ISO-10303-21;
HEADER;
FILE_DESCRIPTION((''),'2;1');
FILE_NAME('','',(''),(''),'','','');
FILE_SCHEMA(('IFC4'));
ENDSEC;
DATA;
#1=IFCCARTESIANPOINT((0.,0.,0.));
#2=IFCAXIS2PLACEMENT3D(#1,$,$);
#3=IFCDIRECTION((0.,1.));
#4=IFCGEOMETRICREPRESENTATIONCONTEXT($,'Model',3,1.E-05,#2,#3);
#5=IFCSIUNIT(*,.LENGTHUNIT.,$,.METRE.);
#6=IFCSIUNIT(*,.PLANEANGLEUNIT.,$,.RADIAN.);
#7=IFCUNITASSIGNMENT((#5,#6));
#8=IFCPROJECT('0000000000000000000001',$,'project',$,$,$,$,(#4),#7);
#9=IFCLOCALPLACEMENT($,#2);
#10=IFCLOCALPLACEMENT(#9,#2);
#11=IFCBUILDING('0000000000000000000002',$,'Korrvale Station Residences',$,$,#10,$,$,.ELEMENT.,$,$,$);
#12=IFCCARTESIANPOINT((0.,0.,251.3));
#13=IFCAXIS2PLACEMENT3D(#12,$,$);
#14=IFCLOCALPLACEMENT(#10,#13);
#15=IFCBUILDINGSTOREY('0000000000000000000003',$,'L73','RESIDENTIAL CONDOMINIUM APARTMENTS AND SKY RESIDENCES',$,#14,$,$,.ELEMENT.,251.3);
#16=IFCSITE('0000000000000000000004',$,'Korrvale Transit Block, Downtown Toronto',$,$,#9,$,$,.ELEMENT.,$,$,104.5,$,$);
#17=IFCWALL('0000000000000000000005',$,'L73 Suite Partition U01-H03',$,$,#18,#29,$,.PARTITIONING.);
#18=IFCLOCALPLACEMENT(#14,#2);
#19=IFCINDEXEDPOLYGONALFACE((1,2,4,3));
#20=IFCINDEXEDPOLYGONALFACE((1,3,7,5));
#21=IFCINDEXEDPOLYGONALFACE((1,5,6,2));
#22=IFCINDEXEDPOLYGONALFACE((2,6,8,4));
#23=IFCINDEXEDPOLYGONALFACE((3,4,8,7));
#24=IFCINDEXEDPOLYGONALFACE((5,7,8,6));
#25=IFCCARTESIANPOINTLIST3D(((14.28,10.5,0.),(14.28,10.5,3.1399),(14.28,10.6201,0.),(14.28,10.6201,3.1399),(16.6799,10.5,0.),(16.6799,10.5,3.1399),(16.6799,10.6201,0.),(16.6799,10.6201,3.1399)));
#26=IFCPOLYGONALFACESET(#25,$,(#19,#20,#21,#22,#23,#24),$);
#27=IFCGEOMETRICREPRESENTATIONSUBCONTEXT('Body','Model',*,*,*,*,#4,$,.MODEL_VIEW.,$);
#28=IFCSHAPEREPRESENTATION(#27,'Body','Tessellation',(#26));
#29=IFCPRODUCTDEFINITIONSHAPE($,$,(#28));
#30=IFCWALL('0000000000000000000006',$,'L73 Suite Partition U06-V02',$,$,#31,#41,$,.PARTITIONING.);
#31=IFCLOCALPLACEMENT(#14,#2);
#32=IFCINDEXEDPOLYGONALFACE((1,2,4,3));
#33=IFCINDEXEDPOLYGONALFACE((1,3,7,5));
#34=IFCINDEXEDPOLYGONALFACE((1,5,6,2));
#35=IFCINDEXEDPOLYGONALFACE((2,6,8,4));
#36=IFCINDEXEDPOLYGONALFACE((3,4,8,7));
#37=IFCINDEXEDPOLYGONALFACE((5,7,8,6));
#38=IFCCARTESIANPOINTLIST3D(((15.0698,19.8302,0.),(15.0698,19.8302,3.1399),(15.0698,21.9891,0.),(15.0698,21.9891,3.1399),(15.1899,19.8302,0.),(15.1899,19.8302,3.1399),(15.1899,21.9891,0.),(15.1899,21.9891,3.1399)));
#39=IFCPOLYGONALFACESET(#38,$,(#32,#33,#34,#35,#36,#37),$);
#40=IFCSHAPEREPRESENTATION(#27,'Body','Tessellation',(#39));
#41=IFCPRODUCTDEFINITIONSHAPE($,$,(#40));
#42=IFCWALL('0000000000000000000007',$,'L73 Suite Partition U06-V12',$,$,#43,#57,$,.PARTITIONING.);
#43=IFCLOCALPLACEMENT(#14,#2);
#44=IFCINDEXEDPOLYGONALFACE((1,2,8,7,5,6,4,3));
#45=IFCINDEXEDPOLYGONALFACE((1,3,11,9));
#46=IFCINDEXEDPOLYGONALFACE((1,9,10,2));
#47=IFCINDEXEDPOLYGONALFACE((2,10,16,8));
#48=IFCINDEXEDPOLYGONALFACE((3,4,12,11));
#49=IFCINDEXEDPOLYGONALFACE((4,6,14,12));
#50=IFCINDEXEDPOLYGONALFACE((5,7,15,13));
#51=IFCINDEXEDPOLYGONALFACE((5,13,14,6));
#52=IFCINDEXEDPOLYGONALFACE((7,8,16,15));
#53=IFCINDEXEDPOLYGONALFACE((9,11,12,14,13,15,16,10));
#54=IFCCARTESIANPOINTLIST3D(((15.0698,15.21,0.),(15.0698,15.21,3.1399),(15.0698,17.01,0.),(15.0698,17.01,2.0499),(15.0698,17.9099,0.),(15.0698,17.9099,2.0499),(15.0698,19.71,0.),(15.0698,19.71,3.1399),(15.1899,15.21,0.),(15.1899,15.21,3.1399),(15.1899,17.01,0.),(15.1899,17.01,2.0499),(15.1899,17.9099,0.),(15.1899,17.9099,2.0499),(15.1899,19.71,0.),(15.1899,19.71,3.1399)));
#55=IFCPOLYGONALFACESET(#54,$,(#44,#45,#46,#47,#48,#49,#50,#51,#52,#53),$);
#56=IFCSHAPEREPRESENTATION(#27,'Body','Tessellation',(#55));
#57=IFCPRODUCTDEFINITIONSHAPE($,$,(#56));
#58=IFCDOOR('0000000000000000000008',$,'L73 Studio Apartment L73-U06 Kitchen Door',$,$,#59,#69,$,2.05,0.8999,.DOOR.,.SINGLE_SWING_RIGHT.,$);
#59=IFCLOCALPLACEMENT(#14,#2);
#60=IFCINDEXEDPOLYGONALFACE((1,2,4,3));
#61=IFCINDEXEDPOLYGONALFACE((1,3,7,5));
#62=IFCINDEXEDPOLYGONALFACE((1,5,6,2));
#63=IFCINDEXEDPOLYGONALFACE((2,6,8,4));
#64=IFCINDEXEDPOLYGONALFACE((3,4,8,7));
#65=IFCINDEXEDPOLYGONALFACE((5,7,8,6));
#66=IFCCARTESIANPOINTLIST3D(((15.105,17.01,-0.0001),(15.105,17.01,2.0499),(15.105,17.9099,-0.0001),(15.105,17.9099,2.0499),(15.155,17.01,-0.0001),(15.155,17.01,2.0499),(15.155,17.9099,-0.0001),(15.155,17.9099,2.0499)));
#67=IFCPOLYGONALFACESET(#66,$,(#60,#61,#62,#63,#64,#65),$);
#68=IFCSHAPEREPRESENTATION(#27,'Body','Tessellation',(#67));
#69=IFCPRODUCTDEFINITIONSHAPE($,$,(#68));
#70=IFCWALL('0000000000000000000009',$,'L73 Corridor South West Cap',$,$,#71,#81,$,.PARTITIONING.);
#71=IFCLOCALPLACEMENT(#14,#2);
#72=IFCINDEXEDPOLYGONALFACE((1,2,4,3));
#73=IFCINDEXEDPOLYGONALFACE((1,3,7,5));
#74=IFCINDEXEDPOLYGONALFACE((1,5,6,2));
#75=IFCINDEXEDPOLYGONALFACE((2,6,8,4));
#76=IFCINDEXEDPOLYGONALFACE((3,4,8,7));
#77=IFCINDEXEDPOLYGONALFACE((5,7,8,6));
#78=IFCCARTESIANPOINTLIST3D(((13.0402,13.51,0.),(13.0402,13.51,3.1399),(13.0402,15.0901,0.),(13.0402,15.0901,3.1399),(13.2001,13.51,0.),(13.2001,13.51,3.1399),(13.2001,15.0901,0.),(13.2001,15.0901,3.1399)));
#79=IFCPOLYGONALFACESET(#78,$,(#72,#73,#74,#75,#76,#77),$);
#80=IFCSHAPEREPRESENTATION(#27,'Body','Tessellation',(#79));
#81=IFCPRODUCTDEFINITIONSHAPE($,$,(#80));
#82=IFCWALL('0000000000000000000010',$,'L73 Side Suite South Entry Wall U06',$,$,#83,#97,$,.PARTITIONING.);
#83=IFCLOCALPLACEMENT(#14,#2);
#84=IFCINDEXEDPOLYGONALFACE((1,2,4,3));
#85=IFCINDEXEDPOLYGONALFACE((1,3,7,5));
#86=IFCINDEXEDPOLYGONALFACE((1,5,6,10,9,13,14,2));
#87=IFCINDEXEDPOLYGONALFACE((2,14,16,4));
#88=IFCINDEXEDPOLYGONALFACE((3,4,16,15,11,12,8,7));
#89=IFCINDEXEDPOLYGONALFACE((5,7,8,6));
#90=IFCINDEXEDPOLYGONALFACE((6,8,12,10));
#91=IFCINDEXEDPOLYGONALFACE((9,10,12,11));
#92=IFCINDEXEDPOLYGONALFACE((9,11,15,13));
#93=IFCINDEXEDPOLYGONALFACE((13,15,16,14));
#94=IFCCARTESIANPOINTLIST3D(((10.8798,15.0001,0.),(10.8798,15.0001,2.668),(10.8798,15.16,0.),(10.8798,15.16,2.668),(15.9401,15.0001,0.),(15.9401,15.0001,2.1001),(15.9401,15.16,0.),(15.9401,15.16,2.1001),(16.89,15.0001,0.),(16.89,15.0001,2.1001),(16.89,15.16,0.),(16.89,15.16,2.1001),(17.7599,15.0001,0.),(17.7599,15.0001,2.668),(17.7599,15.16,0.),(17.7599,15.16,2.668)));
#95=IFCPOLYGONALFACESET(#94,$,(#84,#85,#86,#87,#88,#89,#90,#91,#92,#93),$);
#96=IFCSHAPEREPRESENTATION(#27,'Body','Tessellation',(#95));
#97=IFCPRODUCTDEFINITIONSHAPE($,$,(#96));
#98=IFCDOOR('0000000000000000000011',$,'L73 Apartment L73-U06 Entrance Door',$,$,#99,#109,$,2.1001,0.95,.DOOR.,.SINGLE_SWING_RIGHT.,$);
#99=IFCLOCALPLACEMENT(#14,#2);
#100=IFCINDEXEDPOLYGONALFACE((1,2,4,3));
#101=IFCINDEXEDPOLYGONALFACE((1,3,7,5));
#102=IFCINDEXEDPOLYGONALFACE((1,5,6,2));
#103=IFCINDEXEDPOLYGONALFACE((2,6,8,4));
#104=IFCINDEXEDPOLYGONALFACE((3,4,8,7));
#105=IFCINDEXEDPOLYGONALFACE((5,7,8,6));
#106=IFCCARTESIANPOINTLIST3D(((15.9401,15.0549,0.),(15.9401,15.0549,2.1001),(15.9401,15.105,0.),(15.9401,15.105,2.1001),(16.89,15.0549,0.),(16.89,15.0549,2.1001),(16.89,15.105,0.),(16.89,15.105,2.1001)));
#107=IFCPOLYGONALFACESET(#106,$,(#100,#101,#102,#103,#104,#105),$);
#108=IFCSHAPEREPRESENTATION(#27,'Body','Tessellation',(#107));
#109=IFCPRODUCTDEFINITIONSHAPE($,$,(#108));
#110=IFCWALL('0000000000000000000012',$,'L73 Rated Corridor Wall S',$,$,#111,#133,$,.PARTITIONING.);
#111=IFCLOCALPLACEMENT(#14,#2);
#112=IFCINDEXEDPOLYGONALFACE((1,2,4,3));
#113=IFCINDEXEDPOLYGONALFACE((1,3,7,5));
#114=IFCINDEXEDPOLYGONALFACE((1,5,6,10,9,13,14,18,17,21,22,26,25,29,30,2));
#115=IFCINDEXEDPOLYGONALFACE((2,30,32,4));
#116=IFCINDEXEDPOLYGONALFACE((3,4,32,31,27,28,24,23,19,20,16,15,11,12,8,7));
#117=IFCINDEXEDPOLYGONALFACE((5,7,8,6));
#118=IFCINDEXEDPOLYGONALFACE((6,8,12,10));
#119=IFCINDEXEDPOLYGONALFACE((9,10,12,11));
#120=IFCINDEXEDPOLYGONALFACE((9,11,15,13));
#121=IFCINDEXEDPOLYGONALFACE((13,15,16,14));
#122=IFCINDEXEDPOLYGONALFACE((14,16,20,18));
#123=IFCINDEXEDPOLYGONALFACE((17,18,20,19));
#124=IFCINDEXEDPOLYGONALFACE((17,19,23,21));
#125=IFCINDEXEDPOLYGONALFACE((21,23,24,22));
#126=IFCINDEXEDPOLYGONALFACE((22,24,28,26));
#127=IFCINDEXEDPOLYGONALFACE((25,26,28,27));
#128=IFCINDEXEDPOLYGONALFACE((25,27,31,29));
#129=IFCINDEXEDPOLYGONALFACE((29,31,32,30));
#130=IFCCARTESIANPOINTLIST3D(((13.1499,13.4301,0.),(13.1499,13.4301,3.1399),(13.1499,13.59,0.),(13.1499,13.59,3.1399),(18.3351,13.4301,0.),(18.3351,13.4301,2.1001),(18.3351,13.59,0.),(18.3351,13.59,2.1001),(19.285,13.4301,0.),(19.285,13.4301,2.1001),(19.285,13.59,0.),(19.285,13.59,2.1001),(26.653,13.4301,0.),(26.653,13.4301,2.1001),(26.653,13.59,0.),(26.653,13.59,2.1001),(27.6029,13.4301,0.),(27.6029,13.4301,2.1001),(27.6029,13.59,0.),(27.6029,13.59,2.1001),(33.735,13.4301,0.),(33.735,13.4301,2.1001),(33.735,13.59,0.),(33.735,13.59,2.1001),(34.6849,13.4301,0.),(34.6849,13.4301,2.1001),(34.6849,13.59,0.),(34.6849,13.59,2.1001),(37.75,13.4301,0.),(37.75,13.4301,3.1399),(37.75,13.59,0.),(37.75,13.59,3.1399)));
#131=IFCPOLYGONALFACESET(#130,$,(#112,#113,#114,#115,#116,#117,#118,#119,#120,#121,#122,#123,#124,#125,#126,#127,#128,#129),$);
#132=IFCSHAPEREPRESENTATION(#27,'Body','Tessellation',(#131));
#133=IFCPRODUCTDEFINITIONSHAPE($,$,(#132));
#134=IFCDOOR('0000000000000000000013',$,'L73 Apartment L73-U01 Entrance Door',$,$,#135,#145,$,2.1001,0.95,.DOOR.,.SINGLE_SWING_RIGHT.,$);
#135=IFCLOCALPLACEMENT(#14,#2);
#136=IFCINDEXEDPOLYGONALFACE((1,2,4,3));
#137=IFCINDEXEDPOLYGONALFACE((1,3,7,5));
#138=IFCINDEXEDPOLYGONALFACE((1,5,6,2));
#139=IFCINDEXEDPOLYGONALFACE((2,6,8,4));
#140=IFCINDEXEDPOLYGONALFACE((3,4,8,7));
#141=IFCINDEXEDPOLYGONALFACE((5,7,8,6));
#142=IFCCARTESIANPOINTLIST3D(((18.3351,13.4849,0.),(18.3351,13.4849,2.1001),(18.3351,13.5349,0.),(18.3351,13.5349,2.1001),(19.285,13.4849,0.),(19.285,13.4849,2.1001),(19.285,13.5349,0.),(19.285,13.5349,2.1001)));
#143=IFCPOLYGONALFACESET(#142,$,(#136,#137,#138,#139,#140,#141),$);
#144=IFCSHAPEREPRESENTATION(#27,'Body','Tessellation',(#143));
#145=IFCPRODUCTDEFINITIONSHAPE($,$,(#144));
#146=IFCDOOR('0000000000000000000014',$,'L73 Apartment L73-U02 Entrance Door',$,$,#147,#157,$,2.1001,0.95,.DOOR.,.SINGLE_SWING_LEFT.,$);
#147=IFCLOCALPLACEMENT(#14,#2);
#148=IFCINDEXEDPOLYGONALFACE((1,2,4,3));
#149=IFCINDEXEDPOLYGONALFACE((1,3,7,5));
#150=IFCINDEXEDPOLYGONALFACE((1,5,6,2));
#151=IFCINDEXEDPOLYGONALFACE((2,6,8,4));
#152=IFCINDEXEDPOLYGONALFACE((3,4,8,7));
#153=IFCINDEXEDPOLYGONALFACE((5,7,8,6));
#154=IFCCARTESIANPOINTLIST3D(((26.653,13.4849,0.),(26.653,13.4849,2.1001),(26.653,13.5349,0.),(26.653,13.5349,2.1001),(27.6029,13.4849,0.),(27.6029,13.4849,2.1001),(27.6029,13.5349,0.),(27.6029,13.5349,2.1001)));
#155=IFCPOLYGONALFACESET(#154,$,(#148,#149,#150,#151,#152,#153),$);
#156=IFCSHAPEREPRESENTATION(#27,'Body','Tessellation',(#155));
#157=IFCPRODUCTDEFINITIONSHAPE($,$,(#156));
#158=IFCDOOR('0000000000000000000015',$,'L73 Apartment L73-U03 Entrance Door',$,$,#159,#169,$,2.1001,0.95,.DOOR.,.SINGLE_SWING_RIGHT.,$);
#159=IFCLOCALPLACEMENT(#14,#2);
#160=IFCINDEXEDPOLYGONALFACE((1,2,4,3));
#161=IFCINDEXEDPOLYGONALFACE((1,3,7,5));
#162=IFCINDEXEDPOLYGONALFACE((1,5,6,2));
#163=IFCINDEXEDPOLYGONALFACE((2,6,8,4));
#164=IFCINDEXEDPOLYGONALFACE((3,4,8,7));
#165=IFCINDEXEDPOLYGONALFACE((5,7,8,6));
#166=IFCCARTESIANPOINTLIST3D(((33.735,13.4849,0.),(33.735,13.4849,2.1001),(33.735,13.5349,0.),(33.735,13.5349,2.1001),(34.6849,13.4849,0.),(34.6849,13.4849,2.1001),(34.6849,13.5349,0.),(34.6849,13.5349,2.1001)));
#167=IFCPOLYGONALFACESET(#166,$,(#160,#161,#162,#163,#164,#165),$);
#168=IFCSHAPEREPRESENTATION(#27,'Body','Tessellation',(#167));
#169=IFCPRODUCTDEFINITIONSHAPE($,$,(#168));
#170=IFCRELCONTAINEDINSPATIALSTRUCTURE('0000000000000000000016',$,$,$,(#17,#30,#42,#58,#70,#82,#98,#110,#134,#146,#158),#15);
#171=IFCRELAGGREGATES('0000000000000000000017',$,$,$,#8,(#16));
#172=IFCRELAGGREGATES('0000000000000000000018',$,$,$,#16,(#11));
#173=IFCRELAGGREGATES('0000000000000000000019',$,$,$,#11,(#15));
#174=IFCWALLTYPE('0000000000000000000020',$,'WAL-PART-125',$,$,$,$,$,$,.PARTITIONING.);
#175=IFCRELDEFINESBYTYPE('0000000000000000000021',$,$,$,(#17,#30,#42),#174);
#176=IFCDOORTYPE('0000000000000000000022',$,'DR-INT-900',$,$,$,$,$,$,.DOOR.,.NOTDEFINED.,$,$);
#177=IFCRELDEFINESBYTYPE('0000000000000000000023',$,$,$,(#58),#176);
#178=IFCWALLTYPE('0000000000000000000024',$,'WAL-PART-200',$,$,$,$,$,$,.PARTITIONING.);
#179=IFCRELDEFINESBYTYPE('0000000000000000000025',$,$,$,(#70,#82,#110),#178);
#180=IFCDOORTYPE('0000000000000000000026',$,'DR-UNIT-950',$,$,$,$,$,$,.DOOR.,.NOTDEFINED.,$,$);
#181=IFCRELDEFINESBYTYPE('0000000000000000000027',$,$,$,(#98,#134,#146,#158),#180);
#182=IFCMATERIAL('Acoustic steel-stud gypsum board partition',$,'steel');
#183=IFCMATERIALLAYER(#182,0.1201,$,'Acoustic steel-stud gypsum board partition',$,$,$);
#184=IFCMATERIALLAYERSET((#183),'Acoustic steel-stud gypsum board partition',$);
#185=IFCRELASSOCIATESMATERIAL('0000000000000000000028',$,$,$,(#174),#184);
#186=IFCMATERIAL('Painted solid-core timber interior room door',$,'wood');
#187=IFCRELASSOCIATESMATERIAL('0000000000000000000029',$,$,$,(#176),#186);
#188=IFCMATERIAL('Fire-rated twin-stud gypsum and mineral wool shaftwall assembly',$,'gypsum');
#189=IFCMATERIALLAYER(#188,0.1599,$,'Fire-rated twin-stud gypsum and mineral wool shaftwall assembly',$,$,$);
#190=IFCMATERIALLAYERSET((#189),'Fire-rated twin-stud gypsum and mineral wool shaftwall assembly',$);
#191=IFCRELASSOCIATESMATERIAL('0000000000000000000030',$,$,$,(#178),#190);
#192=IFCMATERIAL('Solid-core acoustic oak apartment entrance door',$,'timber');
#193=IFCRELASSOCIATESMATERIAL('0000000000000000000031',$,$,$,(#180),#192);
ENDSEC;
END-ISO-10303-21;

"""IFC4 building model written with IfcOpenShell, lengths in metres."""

from ifc_helpers import new_model, si_unit, direction, frame, frame_2d, origin, place, context, subcontext, project, spatial, rectangle, extrude, material, layer, layer_set, type_object, element, fill, save


model = new_model("IFC4")

# Units and contexts
model_context = context("Model", 3, precision=1e-05, world=origin(), true_north=direction((0.0, 1.0)))
body_context = subcontext(model_context, "Body", "Model", "MODEL_VIEW")
ifc_project = project(units=[si_unit("LENGTHUNIT", "METRE"), si_unit("PLANEANGLEUNIT", "RADIAN")], contexts=[model_context])

# Site, building, storey
site_placement = place(None, origin())
site = spatial("IfcSite", under=ifc_project, at=site_placement, Name="Korrvale Transit Block, Downtown Toronto", CompositionType="ELEMENT", RefElevation=104.5)
building_placement = place(site_placement, origin())
building = spatial("IfcBuilding", under=site, at=building_placement, Name="Korrvale Station Residences", CompositionType="ELEMENT")
storey_placement = place(building_placement, frame((0.0, 0.0, 251.3)))
storey = spatial("IfcBuildingStorey", under=building, at=storey_placement, Name="L73", Description="RESIDENTIAL CONDOMINIUM APARTMENTS AND SKY RESIDENCES", CompositionType="ELEMENT", Elevation=251.3)

# Walls
ifc_material_1 = material(Name="Acoustic steel-stud gypsum board partition", Category="steel")
ifc_layer_1 = layer(ifc_material_1, 0.1201, Name="Acoustic steel-stud gypsum board partition")
ifc_layer_set_1 = layer_set([ifc_layer_1], Name="Acoustic steel-stud gypsum board partition")
wall_type_1 = type_object("IfcWallType", Name="WAL-PART-125", PredefinedType="PARTITIONING", material=ifc_layer_set_1)
wall_1_placement = place(storey_placement, frame((14.28, 10.5601, 0.0), z_axis=(0.0, 0.0, 1.0), x_axis=(1.0, 0.0, 0.0)))
element("IfcWall", 1, at=wall_1_placement, inside=storey, type_object=wall_type_1, Name="L73 Suite Partition U01-H03", PredefinedType="PARTITIONING", context=body_context, shape_type="SweptSolid", body=[
    extrude(rectangle(XDim=2.3999, YDim=0.1201, at=frame_2d((1.2, 0.0))), origin(), (0.0, 0.0, 1.0), 3.1399),
])
wall_2_placement = place(storey_placement, frame((15.1299, 19.8301, 0.0), z_axis=(0.0, 0.0, 1.0), x_axis=(0.0, 1.0, 0.0)))
element("IfcWall", 2, at=wall_2_placement, inside=storey, type_object=wall_type_1, Name="L73 Suite Partition U06-V02", PredefinedType="PARTITIONING", context=body_context, shape_type="SweptSolid", body=[
    extrude(rectangle(XDim=2.1589, YDim=0.1201, at=frame_2d((1.0796, 0.0))), origin(), (0.0, 0.0, 1.0), 3.1399),
])

# Wall, opening, door
wall_3_placement = place(storey_placement, frame((15.1299, 15.21, 0.0), z_axis=(0.0, 0.0, 1.0), x_axis=(0.0, 1.0, 0.0)))
wall_3 = element("IfcWall", 3, at=wall_3_placement, inside=storey, type_object=wall_type_1, Name="L73 Suite Partition U06-V12", PredefinedType="PARTITIONING", context=body_context, shape_type="SweptSolid", body=[
    extrude(rectangle(XDim=4.5, YDim=0.1201, at=frame_2d((2.25, 0.0))), origin(), (0.0, 0.0, 1.0), 3.1399),
])
opening_1_placement = place(wall_3_placement, frame((1.8, 0.0, 0.0)))
opening_1 = element("IfcOpeningElement", 4, at=opening_1_placement, cuts=wall_3, PredefinedType="OPENING", context=body_context, shape_type="SweptSolid", body=[
    extrude(rectangle(XDim=0.8999, YDim=2.05, at=frame_2d((0.45, 1.0249))), frame((0.0, 0.0701, 0.0), z_axis=(0.0, -1.0, 0.0), x_axis=(1.0, 0.0, 0.0)), (0.0, 0.0, 1.0), 0.1401),
])
ifc_material_2 = material(Name="Painted solid-core timber interior room door", Category="wood")
door_type_1 = type_object("IfcDoorType", Name="DR-INT-900", OperationType="NOTDEFINED", PredefinedType="DOOR", material=ifc_material_2)
door_1_placement = place(opening_1_placement, origin())
door_1 = element("IfcDoor", 5, at=door_1_placement, inside=storey, type_object=door_type_1, Name="L73 Studio Apartment L73-U06 Kitchen Door", OperationType="SINGLE_SWING_RIGHT", OverallHeight=2.05, OverallWidth=0.8999, PredefinedType="DOOR", context=body_context, shape_type="SweptSolid", body=[
    extrude(rectangle(XDim=0.8999, YDim=2.05, at=frame_2d((0.45, 1.0249))), frame((0.0, 0.0249, 0.0), z_axis=(0.0, -1.0, 0.0), x_axis=(1.0, 0.0, 0.0)), (0.0, 0.0, 1.0), 0.05),
])
fill(opening_1, door_1)

# Wall
ifc_material_3 = material(Name="Fire-rated twin-stud gypsum and mineral wool shaftwall assembly", Category="gypsum")
ifc_layer_2 = layer(ifc_material_3, 0.1599, Name="Fire-rated twin-stud gypsum and mineral wool shaftwall assembly")
ifc_layer_set_2 = layer_set([ifc_layer_2], Name="Fire-rated twin-stud gypsum and mineral wool shaftwall assembly")
wall_type_2 = type_object("IfcWallType", Name="WAL-PART-200", PredefinedType="PARTITIONING", material=ifc_layer_set_2)
wall_4_placement = place(storey_placement, frame((13.1201, 13.51, 0.0), z_axis=(0.0, 0.0, 1.0), x_axis=(0.0, 1.0, 0.0)))
element("IfcWall", 6, at=wall_4_placement, inside=storey, type_object=wall_type_2, Name="L73 Corridor South West Cap", PredefinedType="PARTITIONING", context=body_context, shape_type="SweptSolid", body=[
    extrude(rectangle(XDim=1.5801, YDim=0.1599, at=frame_2d((0.79, 0.0))), origin(), (0.0, 0.0, 1.0), 3.1399),
])

# Wall, opening, door
wall_5_placement = place(storey_placement, frame((10.8799, 15.0801, 0.0), z_axis=(0.0, 0.0, 1.0), x_axis=(1.0, 0.0, 0.0)))
wall_5 = element("IfcWall", 7, at=wall_5_placement, inside=storey, type_object=wall_type_2, Name="L73 Side Suite South Entry Wall U06", PredefinedType="PARTITIONING", context=body_context, shape_type="SweptSolid", body=[
    extrude(rectangle(XDim=6.8801, YDim=0.1599, at=frame_2d((3.4399, 0.0))), origin(), (0.0, 0.0, 1.0), 2.668),
])
opening_2_placement = place(wall_5_placement, frame((5.0601, 0.0, 0.0)))
opening_2 = element("IfcOpeningElement", 8, at=opening_2_placement, cuts=wall_5, PredefinedType="OPENING", context=body_context, shape_type="SweptSolid", body=[
    extrude(rectangle(XDim=0.95, YDim=2.1001, at=frame_2d((0.4751, 1.05))), frame((0.0, 0.0898, 0.0), z_axis=(0.0, -1.0, 0.0), x_axis=(1.0, 0.0, 0.0)), (0.0, 0.0, 1.0), 0.1799),
])
ifc_material_4 = material(Name="Solid-core acoustic oak apartment entrance door", Category="timber")
door_type_2 = type_object("IfcDoorType", Name="DR-UNIT-950", OperationType="NOTDEFINED", PredefinedType="DOOR", material=ifc_material_4)
door_2_placement = place(opening_2_placement, origin())
door_2 = element("IfcDoor", 9, at=door_2_placement, inside=storey, type_object=door_type_2, Name="L73 Apartment L73-U06 Entrance Door", OperationType="SINGLE_SWING_RIGHT", OverallHeight=2.1001, OverallWidth=0.95, PredefinedType="DOOR", context=body_context, shape_type="SweptSolid", body=[
    extrude(rectangle(XDim=0.95, YDim=2.1001, at=frame_2d((0.4751, 1.05))), frame((0.0, 0.0249, 0.0), z_axis=(0.0, -1.0, 0.0), x_axis=(1.0, 0.0, 0.0)), (0.0, 0.0, 1.0), 0.05),
])
fill(opening_2, door_2)

# Wall, openings, doors
wall_6_placement = place(storey_placement, frame((13.1499, 13.51, 0.0), z_axis=(0.0, 0.0, 1.0), x_axis=(1.0, 0.0, 0.0)))
wall_6 = element("IfcWall", 10, at=wall_6_placement, inside=storey, type_object=wall_type_2, Name="L73 Rated Corridor Wall S", PredefinedType="PARTITIONING", context=body_context, shape_type="SweptSolid", body=[
    extrude(rectangle(XDim=24.6001, YDim=0.1599, at=frame_2d((12.3, 0.0))), origin(), (0.0, 0.0, 1.0), 3.1399),
])
opening_3_placement = place(wall_6_placement, frame((5.1851, 0.0, 0.0)))
opening_3 = element("IfcOpeningElement", 11, at=opening_3_placement, cuts=wall_6, PredefinedType="OPENING", context=body_context, shape_type="SweptSolid", body=[
    extrude(rectangle(XDim=0.95, YDim=2.1001, at=frame_2d((0.4751, 1.05))), frame((0.0, 0.0898, 0.0), z_axis=(0.0, -1.0, 0.0), x_axis=(1.0, 0.0, 0.0)), (0.0, 0.0, 1.0), 0.1799),
])
opening_4_placement = place(wall_6_placement, frame((13.5029, 0.0, 0.0)))
opening_4 = element("IfcOpeningElement", 12, at=opening_4_placement, cuts=wall_6, PredefinedType="OPENING", context=body_context, shape_type="SweptSolid", body=[
    extrude(rectangle(XDim=0.95, YDim=2.1001, at=frame_2d((0.4751, 1.05))), frame((0.0, 0.0898, 0.0), z_axis=(0.0, -1.0, 0.0), x_axis=(1.0, 0.0, 0.0)), (0.0, 0.0, 1.0), 0.1799),
])
opening_5_placement = place(wall_6_placement, frame((20.585, 0.0, 0.0)))
opening_5 = element("IfcOpeningElement", 13, at=opening_5_placement, cuts=wall_6, PredefinedType="OPENING", context=body_context, shape_type="SweptSolid", body=[
    extrude(rectangle(XDim=0.95, YDim=2.1001, at=frame_2d((0.4751, 1.05))), frame((0.0, 0.0898, 0.0), z_axis=(0.0, -1.0, 0.0), x_axis=(1.0, 0.0, 0.0)), (0.0, 0.0, 1.0), 0.1799),
])
door_3_placement = place(opening_3_placement, origin())
door_3 = element("IfcDoor", 14, at=door_3_placement, inside=storey, type_object=door_type_2, Name="L73 Apartment L73-U01 Entrance Door", OperationType="SINGLE_SWING_RIGHT", OverallHeight=2.1001, OverallWidth=0.95, PredefinedType="DOOR", context=body_context, shape_type="SweptSolid", body=[
    extrude(rectangle(XDim=0.95, YDim=2.1001, at=frame_2d((0.4751, 1.05))), frame((0.0, 0.0249, 0.0), z_axis=(0.0, -1.0, 0.0), x_axis=(1.0, 0.0, 0.0)), (0.0, 0.0, 1.0), 0.05),
])
fill(opening_3, door_3)
door_4_placement = place(opening_4_placement, origin())
door_4 = element("IfcDoor", 15, at=door_4_placement, inside=storey, type_object=door_type_2, Name="L73 Apartment L73-U02 Entrance Door", OperationType="SINGLE_SWING_LEFT", OverallHeight=2.1001, OverallWidth=0.95, PredefinedType="DOOR", context=body_context, shape_type="SweptSolid", body=[
    extrude(rectangle(XDim=0.95, YDim=2.1001, at=frame_2d((0.4751, 1.05))), frame((0.0, 0.0249, 0.0), z_axis=(0.0, -1.0, 0.0), x_axis=(1.0, 0.0, 0.0)), (0.0, 0.0, 1.0), 0.05),
])
fill(opening_4, door_4)
door_5_placement = place(opening_5_placement, origin())
door_5 = element("IfcDoor", 16, at=door_5_placement, inside=storey, type_object=door_type_2, Name="L73 Apartment L73-U03 Entrance Door", OperationType="SINGLE_SWING_RIGHT", OverallHeight=2.1001, OverallWidth=0.95, PredefinedType="DOOR", context=body_context, shape_type="SweptSolid", body=[
    extrude(rectangle(XDim=0.95, YDim=2.1001, at=frame_2d((0.4751, 1.05))), frame((0.0, 0.0249, 0.0), z_axis=(0.0, -1.0, 0.0), x_axis=(1.0, 0.0, 0.0)), (0.0, 0.0, 1.0), 0.05),
])
fill(opening_5, door_5)

save(model, "model.ifc")
